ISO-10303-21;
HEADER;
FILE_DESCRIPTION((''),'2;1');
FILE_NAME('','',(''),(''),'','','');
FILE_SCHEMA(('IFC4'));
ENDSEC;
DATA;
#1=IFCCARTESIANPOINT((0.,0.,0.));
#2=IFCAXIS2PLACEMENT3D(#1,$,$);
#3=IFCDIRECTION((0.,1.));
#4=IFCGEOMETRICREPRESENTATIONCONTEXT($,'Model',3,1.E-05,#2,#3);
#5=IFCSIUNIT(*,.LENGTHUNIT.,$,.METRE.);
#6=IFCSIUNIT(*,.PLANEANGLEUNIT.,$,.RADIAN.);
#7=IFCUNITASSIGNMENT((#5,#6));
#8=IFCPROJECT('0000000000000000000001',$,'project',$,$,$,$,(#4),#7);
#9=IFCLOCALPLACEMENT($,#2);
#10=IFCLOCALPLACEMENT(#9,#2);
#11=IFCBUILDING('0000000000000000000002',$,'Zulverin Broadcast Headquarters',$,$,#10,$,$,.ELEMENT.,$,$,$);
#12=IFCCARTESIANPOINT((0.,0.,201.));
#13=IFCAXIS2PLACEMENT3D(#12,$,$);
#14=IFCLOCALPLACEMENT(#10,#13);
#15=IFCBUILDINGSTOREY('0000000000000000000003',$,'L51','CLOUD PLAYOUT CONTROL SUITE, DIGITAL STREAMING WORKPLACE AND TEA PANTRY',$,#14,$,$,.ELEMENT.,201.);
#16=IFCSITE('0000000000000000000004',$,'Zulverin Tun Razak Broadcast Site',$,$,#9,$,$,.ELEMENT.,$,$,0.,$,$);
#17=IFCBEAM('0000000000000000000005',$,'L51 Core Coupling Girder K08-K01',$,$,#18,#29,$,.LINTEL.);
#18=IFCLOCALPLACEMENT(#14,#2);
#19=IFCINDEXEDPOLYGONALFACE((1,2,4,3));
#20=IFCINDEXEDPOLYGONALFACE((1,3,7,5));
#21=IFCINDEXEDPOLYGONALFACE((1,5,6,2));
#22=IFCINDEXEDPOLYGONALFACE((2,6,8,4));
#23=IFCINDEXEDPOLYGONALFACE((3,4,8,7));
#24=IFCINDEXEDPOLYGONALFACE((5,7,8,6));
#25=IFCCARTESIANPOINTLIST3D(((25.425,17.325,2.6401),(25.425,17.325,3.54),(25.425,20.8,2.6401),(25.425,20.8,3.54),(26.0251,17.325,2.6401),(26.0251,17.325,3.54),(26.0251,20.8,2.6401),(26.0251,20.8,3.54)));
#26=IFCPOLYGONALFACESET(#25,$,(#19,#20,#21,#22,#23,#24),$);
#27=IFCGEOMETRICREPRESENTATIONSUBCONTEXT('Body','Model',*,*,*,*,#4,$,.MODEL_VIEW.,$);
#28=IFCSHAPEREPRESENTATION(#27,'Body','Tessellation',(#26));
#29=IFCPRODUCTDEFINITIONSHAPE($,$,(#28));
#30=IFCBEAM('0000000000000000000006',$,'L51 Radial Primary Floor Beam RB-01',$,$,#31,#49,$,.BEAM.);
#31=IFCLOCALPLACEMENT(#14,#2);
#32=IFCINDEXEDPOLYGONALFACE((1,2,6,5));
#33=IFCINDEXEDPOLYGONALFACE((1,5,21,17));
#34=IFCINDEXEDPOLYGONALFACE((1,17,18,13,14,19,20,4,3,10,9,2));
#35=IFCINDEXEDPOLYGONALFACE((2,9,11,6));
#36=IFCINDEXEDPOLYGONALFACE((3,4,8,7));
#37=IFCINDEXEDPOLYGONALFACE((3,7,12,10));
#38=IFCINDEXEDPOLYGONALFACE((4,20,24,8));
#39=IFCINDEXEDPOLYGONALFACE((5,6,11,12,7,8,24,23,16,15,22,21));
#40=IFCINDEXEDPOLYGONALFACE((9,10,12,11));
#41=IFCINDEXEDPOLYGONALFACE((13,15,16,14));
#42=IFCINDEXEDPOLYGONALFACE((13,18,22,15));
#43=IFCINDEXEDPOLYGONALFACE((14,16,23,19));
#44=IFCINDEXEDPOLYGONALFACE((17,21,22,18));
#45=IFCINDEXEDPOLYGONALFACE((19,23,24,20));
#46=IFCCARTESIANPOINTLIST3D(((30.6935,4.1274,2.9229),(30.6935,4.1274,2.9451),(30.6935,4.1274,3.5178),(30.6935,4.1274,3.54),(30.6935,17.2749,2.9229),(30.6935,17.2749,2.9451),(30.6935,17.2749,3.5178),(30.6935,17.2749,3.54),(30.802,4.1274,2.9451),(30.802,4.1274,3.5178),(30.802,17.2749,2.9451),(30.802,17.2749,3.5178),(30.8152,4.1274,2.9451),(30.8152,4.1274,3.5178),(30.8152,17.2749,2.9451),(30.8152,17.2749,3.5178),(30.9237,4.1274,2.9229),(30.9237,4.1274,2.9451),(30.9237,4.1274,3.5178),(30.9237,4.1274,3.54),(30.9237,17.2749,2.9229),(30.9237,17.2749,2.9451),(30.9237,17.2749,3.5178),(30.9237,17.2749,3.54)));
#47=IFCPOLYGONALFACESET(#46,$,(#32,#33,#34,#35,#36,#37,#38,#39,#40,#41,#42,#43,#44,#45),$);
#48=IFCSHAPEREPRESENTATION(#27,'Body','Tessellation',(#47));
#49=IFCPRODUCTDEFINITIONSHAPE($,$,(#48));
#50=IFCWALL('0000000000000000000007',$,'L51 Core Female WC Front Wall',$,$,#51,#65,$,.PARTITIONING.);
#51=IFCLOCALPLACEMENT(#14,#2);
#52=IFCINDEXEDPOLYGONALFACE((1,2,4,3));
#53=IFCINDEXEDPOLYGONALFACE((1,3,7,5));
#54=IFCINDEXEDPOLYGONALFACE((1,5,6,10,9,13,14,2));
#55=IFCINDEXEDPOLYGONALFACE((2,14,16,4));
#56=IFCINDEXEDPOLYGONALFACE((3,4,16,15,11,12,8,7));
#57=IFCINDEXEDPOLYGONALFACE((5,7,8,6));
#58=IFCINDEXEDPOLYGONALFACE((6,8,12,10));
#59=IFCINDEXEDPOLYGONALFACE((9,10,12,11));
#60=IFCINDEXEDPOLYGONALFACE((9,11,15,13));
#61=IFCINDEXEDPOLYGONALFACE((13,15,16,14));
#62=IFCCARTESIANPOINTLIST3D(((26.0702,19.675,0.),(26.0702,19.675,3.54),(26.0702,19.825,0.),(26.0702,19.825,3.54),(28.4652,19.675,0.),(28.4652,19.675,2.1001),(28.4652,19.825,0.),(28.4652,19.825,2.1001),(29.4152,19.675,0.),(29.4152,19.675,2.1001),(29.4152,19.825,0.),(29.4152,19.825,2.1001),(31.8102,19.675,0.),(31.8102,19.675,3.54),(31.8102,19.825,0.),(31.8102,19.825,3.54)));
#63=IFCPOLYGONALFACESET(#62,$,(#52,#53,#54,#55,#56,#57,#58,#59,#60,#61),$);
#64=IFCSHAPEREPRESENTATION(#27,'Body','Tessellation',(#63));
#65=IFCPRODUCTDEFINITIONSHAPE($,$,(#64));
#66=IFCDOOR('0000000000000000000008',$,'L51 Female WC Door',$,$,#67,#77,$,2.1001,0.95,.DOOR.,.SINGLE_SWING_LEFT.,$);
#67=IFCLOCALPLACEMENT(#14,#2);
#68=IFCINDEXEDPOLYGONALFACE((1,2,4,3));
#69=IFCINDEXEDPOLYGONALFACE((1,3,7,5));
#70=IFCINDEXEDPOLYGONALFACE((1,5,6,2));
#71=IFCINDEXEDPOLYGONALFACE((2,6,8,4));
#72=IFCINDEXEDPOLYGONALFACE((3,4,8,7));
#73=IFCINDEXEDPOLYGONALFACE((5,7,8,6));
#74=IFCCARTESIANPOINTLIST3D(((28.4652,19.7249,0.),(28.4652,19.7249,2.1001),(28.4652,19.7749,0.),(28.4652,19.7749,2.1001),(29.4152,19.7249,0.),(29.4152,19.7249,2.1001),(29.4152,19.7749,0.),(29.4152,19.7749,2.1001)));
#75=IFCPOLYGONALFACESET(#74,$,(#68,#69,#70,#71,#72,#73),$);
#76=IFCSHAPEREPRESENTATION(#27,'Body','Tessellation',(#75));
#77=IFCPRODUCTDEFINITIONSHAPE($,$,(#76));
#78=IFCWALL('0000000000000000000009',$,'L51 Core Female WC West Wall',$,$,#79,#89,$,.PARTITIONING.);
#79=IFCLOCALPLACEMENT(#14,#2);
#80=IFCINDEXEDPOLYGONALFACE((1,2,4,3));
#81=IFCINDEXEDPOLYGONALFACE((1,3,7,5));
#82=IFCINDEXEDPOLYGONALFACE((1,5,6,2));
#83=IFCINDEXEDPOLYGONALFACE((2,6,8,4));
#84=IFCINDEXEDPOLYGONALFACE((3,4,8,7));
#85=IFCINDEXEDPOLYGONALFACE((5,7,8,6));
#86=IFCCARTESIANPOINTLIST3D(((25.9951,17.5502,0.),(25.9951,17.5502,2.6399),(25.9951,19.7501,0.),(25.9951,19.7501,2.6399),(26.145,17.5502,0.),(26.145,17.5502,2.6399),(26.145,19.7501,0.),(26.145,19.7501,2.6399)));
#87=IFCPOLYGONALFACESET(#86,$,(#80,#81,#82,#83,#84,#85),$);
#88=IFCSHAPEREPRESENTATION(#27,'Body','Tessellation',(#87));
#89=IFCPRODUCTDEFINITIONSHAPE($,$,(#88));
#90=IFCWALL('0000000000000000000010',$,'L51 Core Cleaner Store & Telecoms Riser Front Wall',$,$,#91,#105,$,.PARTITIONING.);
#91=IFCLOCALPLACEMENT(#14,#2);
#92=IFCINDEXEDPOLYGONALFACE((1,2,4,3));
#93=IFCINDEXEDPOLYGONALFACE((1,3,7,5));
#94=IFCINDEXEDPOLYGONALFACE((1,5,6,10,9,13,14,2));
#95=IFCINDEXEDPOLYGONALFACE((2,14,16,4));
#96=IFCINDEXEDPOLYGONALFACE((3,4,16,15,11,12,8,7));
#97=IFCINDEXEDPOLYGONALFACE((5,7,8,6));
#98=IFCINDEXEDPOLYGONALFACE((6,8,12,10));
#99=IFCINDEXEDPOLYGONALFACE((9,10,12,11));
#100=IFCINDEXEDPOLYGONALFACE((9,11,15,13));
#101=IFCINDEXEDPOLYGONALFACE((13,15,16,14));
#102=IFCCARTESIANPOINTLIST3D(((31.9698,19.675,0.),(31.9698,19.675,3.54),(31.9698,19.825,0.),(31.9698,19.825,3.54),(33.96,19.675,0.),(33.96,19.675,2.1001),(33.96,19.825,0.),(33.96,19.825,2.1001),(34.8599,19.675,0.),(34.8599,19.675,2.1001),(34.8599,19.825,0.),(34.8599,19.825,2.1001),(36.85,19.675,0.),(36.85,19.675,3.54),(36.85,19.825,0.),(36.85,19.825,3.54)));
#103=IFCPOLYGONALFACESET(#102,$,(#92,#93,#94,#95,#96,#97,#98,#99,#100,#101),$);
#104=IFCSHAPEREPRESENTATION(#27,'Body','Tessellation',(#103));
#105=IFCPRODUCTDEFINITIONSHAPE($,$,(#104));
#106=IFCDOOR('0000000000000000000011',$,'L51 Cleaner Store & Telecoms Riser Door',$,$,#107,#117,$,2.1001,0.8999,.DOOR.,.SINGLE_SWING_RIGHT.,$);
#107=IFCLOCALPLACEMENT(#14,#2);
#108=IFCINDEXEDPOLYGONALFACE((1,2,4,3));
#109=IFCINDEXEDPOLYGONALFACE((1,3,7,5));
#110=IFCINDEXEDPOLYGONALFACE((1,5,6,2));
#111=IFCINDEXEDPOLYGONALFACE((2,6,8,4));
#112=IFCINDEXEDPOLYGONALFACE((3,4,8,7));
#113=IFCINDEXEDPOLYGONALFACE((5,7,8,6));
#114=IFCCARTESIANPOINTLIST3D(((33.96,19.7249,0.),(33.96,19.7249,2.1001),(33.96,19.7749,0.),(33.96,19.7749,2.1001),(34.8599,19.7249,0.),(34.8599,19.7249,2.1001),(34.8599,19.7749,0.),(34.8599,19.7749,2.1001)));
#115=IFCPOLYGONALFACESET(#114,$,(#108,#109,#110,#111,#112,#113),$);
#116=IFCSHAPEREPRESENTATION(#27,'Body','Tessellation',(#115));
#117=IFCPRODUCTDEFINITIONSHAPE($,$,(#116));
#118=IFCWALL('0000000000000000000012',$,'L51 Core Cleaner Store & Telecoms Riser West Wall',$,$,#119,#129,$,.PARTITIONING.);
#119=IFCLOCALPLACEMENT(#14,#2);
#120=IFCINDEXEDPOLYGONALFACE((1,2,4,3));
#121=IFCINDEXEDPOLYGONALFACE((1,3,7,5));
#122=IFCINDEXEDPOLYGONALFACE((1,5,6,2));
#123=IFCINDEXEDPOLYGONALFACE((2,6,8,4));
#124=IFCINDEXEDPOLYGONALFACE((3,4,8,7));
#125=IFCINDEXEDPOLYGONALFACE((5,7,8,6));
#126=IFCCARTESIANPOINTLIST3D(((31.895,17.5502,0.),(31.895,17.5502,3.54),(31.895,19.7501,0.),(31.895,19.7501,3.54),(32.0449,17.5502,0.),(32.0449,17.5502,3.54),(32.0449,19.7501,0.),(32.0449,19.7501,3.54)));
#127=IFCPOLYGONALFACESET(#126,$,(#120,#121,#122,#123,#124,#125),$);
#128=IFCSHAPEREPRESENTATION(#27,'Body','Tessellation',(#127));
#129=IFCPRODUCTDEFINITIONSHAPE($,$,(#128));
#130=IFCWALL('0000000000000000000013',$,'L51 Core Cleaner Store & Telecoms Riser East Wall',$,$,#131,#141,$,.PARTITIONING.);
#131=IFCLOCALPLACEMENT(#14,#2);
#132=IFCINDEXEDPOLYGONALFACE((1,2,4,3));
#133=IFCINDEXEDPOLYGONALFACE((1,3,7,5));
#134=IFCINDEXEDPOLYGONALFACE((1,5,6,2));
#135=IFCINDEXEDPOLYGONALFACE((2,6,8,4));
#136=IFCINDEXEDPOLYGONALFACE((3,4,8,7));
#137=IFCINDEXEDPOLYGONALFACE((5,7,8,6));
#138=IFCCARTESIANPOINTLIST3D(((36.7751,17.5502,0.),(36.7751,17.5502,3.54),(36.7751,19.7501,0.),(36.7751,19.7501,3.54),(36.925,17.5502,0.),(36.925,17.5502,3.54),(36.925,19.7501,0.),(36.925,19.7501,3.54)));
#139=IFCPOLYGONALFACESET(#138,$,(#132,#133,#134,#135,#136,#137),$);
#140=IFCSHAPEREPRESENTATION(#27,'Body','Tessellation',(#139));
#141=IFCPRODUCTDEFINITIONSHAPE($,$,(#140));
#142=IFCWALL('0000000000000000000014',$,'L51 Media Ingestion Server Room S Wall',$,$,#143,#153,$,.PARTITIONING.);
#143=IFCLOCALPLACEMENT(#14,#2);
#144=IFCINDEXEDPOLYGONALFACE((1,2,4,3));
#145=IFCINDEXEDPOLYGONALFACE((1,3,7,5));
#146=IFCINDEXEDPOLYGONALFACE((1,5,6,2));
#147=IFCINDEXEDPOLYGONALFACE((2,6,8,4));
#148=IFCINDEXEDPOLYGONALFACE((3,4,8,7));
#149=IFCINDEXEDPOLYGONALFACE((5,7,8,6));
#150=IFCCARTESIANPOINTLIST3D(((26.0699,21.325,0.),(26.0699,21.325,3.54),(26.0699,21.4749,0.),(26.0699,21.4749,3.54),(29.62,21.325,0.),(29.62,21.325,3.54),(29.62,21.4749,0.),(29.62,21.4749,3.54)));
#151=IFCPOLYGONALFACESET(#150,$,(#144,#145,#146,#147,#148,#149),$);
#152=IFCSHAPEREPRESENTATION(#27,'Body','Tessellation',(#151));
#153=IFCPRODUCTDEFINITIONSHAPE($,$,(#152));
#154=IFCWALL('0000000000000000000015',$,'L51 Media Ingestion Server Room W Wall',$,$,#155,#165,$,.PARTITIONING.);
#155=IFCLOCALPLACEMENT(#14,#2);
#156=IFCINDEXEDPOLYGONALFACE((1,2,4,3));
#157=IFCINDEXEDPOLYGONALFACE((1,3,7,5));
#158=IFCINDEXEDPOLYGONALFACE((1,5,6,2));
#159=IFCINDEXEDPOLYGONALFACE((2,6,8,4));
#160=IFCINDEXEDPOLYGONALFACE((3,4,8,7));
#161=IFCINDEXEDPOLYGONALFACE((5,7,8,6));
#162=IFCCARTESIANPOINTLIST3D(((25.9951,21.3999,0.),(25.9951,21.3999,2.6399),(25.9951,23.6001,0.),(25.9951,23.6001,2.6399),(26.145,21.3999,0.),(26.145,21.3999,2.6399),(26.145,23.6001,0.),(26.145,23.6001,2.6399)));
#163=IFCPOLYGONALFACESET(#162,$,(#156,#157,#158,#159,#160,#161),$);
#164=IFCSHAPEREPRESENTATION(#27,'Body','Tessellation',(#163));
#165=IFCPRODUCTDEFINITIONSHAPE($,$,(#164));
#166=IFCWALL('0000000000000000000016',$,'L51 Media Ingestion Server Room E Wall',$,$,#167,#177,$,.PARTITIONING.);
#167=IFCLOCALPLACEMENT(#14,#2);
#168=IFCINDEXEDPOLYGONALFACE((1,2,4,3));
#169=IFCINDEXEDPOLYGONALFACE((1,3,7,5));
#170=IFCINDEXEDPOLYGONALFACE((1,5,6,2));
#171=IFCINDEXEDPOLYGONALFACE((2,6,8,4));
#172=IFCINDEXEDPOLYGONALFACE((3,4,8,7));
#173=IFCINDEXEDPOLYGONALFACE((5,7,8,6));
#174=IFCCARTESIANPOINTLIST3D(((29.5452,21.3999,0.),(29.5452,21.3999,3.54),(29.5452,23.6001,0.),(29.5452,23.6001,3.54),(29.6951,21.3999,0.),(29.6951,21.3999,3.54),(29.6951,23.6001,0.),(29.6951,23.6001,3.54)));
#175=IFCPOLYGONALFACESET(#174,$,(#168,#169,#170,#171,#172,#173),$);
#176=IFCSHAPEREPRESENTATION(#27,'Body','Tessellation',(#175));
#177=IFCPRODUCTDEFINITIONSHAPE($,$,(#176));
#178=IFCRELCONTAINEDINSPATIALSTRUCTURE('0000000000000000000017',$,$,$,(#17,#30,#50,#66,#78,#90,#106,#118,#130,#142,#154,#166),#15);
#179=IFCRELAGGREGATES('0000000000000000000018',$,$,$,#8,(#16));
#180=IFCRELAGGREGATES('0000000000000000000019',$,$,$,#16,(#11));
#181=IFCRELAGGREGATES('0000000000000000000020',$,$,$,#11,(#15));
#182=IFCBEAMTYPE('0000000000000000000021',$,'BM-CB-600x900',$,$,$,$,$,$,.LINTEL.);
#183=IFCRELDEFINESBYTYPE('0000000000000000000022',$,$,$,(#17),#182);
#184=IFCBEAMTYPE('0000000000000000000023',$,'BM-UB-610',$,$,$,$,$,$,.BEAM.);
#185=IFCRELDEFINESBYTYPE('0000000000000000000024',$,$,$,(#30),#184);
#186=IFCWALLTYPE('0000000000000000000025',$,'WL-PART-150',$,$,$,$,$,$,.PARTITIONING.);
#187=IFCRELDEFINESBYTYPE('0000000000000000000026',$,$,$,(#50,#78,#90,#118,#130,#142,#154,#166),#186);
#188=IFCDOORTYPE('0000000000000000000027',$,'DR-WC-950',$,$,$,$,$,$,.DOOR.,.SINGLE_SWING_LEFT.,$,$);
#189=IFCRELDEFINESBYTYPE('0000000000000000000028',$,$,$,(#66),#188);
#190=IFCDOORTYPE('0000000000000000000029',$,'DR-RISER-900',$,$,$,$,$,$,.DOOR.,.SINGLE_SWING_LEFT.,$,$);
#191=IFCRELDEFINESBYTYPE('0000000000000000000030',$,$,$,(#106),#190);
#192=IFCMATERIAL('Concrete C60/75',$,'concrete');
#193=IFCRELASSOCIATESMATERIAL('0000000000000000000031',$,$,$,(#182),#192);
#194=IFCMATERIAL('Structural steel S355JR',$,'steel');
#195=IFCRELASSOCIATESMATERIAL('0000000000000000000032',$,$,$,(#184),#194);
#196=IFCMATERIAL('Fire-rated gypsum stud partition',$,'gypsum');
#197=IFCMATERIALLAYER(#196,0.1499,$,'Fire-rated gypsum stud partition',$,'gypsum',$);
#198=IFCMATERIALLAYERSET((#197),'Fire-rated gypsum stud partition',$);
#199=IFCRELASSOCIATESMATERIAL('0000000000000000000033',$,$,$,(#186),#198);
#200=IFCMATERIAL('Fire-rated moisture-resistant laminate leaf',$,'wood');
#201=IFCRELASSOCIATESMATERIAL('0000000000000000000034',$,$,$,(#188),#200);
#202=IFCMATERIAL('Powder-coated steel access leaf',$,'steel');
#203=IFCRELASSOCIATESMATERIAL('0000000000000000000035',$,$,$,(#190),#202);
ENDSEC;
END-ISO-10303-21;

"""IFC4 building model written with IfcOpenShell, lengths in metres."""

from ifc_helpers import new_model, si_unit, direction, frame, frame_2d, origin, origin_2d, place, context, subcontext, project, spatial, rectangle, i_section, extrude, material, layer, layer_set, material_profile, profile_set, type_object, element, fill, save


model = new_model("IFC4")

# Units and contexts
model_context = context("Model", 3, precision=1e-05, world=origin(), true_north=direction((0.0, 1.0)))
body_context = subcontext(model_context, "Body", "Model", "MODEL_VIEW")
ifc_project = project(units=[si_unit("LENGTHUNIT", "METRE"), si_unit("PLANEANGLEUNIT", "RADIAN")], contexts=[model_context])

# Site, building, storey
site_placement = place(None, origin())
site = spatial("IfcSite", under=ifc_project, at=site_placement, Name="Zulverin Tun Razak Broadcast Site", CompositionType="ELEMENT", RefElevation=0.0)
building_placement = place(site_placement, origin())
building = spatial("IfcBuilding", under=site, at=building_placement, Name="Zulverin Broadcast Headquarters", CompositionType="ELEMENT")
storey_placement = place(building_placement, frame((0.0, 0.0, 201.0)))
storey = spatial("IfcBuildingStorey", under=building, at=storey_placement, Name="L51", Description="CLOUD PLAYOUT CONTROL SUITE, DIGITAL STREAMING WORKPLACE AND TEA PANTRY", CompositionType="ELEMENT", Elevation=201.0)

# Beams
ifc_material_1 = material(Name="Concrete C60/75", Category="concrete")
ifc_material_profile_1 = material_profile(ifc_material_1, rectangle(XDim=0.6001, YDim=0.8999, at=origin_2d()), Name="Concrete C60/75", Category="concrete")
ifc_profile_set_1 = profile_set([ifc_material_profile_1], Name="Concrete C60/75")
beam_type_1 = type_object("IfcBeamType", Name="BM-CB-600x900", PredefinedType="LINTEL", material=ifc_profile_set_1)
beam_1_placement = place(storey_placement, frame((25.7251, 20.8, 3.0901), z_axis=(0.0, -1.0, 0.0), x_axis=(1.0, 0.0, 0.0)))
element("IfcBeam", 1, at=beam_1_placement, inside=storey, type_object=beam_type_1, Name="L51 Core Coupling Girder K08-K01", PredefinedType="LINTEL", context=body_context, shape_type="SweptSolid", body=[
    extrude(rectangle(XDim=0.6001, YDim=0.8999, at=origin_2d()), origin(), (0.0, 0.0, 1.0), 3.4751),
])
ifc_material_2 = material(Name="Structural steel S355JR", Category="steel")
ifc_material_profile_2 = material_profile(ifc_material_2, i_section(OverallWidth=0.2302, OverallDepth=0.6172, WebThickness=0.0132, FlangeThickness=0.0222, at=origin_2d()), Name="Structural steel S355JR", Category="steel")
ifc_profile_set_2 = profile_set([ifc_material_profile_2], Name="Structural steel S355JR")
beam_type_2 = type_object("IfcBeamType", Name="BM-UB-610", PredefinedType="BEAM", material=ifc_profile_set_2)
beam_2_placement = place(storey_placement, frame((30.8086, 17.2749, 3.2314), z_axis=(0.0, -1.0, 0.0), x_axis=(1.0, 0.0, 0.0)))
element("IfcBeam", 2, at=beam_2_placement, inside=storey, type_object=beam_type_2, Name="L51 Radial Primary Floor Beam RB-01", PredefinedType="BEAM", context=body_context, shape_type="SweptSolid", body=[
    extrude(i_section(OverallWidth=0.2302, OverallDepth=0.6172, WebThickness=0.0132, FlangeThickness=0.0222, at=origin_2d()), origin(), (0.0, 0.0, 1.0), 13.1475),
])

# Wall, opening, door
ifc_material_3 = material(Name="Fire-rated gypsum stud partition", Category="gypsum")
ifc_layer_1 = layer(ifc_material_3, 0.1499, Name="Fire-rated gypsum stud partition", Category="gypsum")
ifc_layer_set_1 = layer_set([ifc_layer_1], Name="Fire-rated gypsum stud partition")
wall_type_1 = type_object("IfcWallType", Name="WL-PART-150", PredefinedType="PARTITIONING", material=ifc_layer_set_1)
wall_1_placement = place(storey_placement, frame((26.0701, 19.75, 0.0), z_axis=(0.0, 0.0, 1.0), x_axis=(1.0, 0.0, 0.0)))
wall_1 = element("IfcWall", 3, at=wall_1_placement, inside=storey, type_object=wall_type_1, Name="L51 Core Female WC Front Wall", PredefinedType="PARTITIONING", context=body_context, shape_type="SweptSolid", body=[
    extrude(rectangle(XDim=5.74, YDim=0.1499, at=frame_2d((2.8701, 0.0))), origin(), (0.0, 0.0, 1.0), 3.54),
])
opening_1_placement = place(wall_1_placement, frame((2.395, 0.0, 0.0)))
opening_1 = element("IfcOpeningElement", 4, at=opening_1_placement, cuts=wall_1, PredefinedType="OPENING", context=body_context, shape_type="SweptSolid", body=[
    extrude(rectangle(XDim=0.95, YDim=2.1001, at=frame_2d((0.4751, 1.05))), frame((0.0, 0.085, 0.0), z_axis=(0.0, -1.0, 0.0), x_axis=(1.0, 0.0, 0.0)), (0.0, 0.0, 1.0), 0.1699),
])
ifc_material_4 = material(Name="Fire-rated moisture-resistant laminate leaf", Category="wood")
door_type_1 = type_object("IfcDoorType", Name="DR-WC-950", OperationType="SINGLE_SWING_LEFT", PredefinedType="DOOR", material=ifc_material_4)
door_1_placement = place(opening_1_placement, origin())
door_1 = element("IfcDoor", 5, at=door_1_placement, inside=storey, type_object=door_type_1, Name="L51 Female WC Door", OperationType="SINGLE_SWING_LEFT", OverallHeight=2.1001, OverallWidth=0.95, PredefinedType="DOOR", context=body_context, shape_type="SweptSolid", body=[
    extrude(rectangle(XDim=0.95, YDim=2.1001, at=frame_2d((0.4751, 1.05))), frame((0.0, 0.0249, 0.0), z_axis=(0.0, -1.0, 0.0), x_axis=(1.0, 0.0, 0.0)), (0.0, 0.0, 1.0), 0.05),
])
fill(opening_1, door_1)

# Wall
wall_2_placement = place(storey_placement, frame((26.0701, 17.55, 0.0), z_axis=(0.0, 0.0, 1.0), x_axis=(0.0, 1.0, 0.0)))
element("IfcWall", 6, at=wall_2_placement, inside=storey, type_object=wall_type_1, Name="L51 Core Female WC West Wall", PredefinedType="PARTITIONING", context=body_context, shape_type="SweptSolid", body=[
    extrude(rectangle(XDim=2.2, YDim=0.1499, at=frame_2d((1.1001, 0.0))), origin(), (0.0, 0.0, 1.0), 2.6399),
])

# Wall, opening, door
wall_3_placement = place(storey_placement, frame((31.97, 19.75, 0.0), z_axis=(0.0, 0.0, 1.0), x_axis=(1.0, 0.0, 0.0)))
wall_3 = element("IfcWall", 7, at=wall_3_placement, inside=storey, type_object=wall_type_1, Name="L51 Core Cleaner Store & Telecoms Riser Front Wall", PredefinedType="PARTITIONING", context=body_context, shape_type="SweptSolid", body=[
    extrude(rectangle(XDim=4.8801, YDim=0.1499, at=frame_2d((2.4399, 0.0))), origin(), (0.0, 0.0, 1.0), 3.54),
])
opening_2_placement = place(wall_3_placement, frame((1.99, 0.0, 0.0)))
opening_2 = element("IfcOpeningElement", 8, at=opening_2_placement, cuts=wall_3, PredefinedType="OPENING", context=body_context, shape_type="SweptSolid", body=[
    extrude(rectangle(XDim=0.8999, YDim=2.1001, at=frame_2d((0.45, 1.05))), frame((0.0, 0.085, 0.0), z_axis=(0.0, -1.0, 0.0), x_axis=(1.0, 0.0, 0.0)), (0.0, 0.0, 1.0), 0.1699),
])
ifc_material_5 = material(Name="Powder-coated steel access leaf", Category="steel")
door_type_2 = type_object("IfcDoorType", Name="DR-RISER-900", OperationType="SINGLE_SWING_LEFT", PredefinedType="DOOR", material=ifc_material_5)
door_2_placement = place(opening_2_placement, origin())
door_2 = element("IfcDoor", 9, at=door_2_placement, inside=storey, type_object=door_type_2, Name="L51 Cleaner Store & Telecoms Riser Door", OperationType="SINGLE_SWING_RIGHT", OverallHeight=2.1001, OverallWidth=0.8999, PredefinedType="DOOR", context=body_context, shape_type="SweptSolid", body=[
    extrude(rectangle(XDim=0.8999, YDim=2.1001, at=frame_2d((0.45, 1.05))), frame((0.0, 0.0249, 0.0), z_axis=(0.0, -1.0, 0.0), x_axis=(1.0, 0.0, 0.0)), (0.0, 0.0, 1.0), 0.05),
])
fill(opening_2, door_2)

# Walls
for number, where, z_axis, x_axis, name in (
    (10, (31.97, 17.55, 0.0), (0.0, 0.0, 1.0), (0.0, 1.0, 0.0), "L51 Core Cleaner Store & Telecoms Riser West Wall"),
    (11, (36.8501, 17.55, 0.0), (0.0, 0.0, 1.0), (0.0, 1.0, 0.0), "L51 Core Cleaner Store & Telecoms Riser East Wall"),
):
    element("IfcWall", number, at=place(storey_placement, frame(where, z_axis=z_axis, x_axis=x_axis)), inside=storey, type_object=wall_type_1, Name=name, PredefinedType="PARTITIONING", context=body_context, shape_type="SweptSolid", body=[
        extrude(rectangle(XDim=2.2, YDim=0.1499, at=frame_2d((1.1001, 0.0))), origin(), (0.0, 0.0, 1.0), 3.54),
    ])
wall_4_placement = place(storey_placement, frame((26.0701, 21.3999, 0.0), z_axis=(0.0, 0.0, 1.0), x_axis=(1.0, 0.0, 0.0)))
element("IfcWall", 12, at=wall_4_placement, inside=storey, type_object=wall_type_1, Name="L51 Media Ingestion Server Room S Wall", PredefinedType="PARTITIONING", context=body_context, shape_type="SweptSolid", body=[
    extrude(rectangle(XDim=3.55, YDim=0.1499, at=frame_2d((1.7749, 0.0))), origin(), (0.0, 0.0, 1.0), 3.54),
])
wall_5_placement = place(storey_placement, frame((26.0701, 21.3999, 0.0), z_axis=(0.0, 0.0, 1.0), x_axis=(0.0, 1.0, 0.0)))
element("IfcWall", 13, at=wall_5_placement, inside=storey, type_object=wall_type_1, Name="L51 Media Ingestion Server Room W Wall", PredefinedType="PARTITIONING", context=body_context, shape_type="SweptSolid", body=[
    extrude(rectangle(XDim=2.2002, YDim=0.1499, at=frame_2d((1.1001, 0.0))), origin(), (0.0, 0.0, 1.0), 2.6399),
])
wall_6_placement = place(storey_placement, frame((29.6201, 21.3999, 0.0), z_axis=(0.0, 0.0, 1.0), x_axis=(0.0, 1.0, 0.0)))
element("IfcWall", 14, at=wall_6_placement, inside=storey, type_object=wall_type_1, Name="L51 Media Ingestion Server Room E Wall", PredefinedType="PARTITIONING", context=body_context, shape_type="SweptSolid", body=[
    extrude(rectangle(XDim=2.2002, YDim=0.1499, at=frame_2d((1.1001, 0.0))), origin(), (0.0, 0.0, 1.0), 3.54),
])

save(model, "model.ifc")
